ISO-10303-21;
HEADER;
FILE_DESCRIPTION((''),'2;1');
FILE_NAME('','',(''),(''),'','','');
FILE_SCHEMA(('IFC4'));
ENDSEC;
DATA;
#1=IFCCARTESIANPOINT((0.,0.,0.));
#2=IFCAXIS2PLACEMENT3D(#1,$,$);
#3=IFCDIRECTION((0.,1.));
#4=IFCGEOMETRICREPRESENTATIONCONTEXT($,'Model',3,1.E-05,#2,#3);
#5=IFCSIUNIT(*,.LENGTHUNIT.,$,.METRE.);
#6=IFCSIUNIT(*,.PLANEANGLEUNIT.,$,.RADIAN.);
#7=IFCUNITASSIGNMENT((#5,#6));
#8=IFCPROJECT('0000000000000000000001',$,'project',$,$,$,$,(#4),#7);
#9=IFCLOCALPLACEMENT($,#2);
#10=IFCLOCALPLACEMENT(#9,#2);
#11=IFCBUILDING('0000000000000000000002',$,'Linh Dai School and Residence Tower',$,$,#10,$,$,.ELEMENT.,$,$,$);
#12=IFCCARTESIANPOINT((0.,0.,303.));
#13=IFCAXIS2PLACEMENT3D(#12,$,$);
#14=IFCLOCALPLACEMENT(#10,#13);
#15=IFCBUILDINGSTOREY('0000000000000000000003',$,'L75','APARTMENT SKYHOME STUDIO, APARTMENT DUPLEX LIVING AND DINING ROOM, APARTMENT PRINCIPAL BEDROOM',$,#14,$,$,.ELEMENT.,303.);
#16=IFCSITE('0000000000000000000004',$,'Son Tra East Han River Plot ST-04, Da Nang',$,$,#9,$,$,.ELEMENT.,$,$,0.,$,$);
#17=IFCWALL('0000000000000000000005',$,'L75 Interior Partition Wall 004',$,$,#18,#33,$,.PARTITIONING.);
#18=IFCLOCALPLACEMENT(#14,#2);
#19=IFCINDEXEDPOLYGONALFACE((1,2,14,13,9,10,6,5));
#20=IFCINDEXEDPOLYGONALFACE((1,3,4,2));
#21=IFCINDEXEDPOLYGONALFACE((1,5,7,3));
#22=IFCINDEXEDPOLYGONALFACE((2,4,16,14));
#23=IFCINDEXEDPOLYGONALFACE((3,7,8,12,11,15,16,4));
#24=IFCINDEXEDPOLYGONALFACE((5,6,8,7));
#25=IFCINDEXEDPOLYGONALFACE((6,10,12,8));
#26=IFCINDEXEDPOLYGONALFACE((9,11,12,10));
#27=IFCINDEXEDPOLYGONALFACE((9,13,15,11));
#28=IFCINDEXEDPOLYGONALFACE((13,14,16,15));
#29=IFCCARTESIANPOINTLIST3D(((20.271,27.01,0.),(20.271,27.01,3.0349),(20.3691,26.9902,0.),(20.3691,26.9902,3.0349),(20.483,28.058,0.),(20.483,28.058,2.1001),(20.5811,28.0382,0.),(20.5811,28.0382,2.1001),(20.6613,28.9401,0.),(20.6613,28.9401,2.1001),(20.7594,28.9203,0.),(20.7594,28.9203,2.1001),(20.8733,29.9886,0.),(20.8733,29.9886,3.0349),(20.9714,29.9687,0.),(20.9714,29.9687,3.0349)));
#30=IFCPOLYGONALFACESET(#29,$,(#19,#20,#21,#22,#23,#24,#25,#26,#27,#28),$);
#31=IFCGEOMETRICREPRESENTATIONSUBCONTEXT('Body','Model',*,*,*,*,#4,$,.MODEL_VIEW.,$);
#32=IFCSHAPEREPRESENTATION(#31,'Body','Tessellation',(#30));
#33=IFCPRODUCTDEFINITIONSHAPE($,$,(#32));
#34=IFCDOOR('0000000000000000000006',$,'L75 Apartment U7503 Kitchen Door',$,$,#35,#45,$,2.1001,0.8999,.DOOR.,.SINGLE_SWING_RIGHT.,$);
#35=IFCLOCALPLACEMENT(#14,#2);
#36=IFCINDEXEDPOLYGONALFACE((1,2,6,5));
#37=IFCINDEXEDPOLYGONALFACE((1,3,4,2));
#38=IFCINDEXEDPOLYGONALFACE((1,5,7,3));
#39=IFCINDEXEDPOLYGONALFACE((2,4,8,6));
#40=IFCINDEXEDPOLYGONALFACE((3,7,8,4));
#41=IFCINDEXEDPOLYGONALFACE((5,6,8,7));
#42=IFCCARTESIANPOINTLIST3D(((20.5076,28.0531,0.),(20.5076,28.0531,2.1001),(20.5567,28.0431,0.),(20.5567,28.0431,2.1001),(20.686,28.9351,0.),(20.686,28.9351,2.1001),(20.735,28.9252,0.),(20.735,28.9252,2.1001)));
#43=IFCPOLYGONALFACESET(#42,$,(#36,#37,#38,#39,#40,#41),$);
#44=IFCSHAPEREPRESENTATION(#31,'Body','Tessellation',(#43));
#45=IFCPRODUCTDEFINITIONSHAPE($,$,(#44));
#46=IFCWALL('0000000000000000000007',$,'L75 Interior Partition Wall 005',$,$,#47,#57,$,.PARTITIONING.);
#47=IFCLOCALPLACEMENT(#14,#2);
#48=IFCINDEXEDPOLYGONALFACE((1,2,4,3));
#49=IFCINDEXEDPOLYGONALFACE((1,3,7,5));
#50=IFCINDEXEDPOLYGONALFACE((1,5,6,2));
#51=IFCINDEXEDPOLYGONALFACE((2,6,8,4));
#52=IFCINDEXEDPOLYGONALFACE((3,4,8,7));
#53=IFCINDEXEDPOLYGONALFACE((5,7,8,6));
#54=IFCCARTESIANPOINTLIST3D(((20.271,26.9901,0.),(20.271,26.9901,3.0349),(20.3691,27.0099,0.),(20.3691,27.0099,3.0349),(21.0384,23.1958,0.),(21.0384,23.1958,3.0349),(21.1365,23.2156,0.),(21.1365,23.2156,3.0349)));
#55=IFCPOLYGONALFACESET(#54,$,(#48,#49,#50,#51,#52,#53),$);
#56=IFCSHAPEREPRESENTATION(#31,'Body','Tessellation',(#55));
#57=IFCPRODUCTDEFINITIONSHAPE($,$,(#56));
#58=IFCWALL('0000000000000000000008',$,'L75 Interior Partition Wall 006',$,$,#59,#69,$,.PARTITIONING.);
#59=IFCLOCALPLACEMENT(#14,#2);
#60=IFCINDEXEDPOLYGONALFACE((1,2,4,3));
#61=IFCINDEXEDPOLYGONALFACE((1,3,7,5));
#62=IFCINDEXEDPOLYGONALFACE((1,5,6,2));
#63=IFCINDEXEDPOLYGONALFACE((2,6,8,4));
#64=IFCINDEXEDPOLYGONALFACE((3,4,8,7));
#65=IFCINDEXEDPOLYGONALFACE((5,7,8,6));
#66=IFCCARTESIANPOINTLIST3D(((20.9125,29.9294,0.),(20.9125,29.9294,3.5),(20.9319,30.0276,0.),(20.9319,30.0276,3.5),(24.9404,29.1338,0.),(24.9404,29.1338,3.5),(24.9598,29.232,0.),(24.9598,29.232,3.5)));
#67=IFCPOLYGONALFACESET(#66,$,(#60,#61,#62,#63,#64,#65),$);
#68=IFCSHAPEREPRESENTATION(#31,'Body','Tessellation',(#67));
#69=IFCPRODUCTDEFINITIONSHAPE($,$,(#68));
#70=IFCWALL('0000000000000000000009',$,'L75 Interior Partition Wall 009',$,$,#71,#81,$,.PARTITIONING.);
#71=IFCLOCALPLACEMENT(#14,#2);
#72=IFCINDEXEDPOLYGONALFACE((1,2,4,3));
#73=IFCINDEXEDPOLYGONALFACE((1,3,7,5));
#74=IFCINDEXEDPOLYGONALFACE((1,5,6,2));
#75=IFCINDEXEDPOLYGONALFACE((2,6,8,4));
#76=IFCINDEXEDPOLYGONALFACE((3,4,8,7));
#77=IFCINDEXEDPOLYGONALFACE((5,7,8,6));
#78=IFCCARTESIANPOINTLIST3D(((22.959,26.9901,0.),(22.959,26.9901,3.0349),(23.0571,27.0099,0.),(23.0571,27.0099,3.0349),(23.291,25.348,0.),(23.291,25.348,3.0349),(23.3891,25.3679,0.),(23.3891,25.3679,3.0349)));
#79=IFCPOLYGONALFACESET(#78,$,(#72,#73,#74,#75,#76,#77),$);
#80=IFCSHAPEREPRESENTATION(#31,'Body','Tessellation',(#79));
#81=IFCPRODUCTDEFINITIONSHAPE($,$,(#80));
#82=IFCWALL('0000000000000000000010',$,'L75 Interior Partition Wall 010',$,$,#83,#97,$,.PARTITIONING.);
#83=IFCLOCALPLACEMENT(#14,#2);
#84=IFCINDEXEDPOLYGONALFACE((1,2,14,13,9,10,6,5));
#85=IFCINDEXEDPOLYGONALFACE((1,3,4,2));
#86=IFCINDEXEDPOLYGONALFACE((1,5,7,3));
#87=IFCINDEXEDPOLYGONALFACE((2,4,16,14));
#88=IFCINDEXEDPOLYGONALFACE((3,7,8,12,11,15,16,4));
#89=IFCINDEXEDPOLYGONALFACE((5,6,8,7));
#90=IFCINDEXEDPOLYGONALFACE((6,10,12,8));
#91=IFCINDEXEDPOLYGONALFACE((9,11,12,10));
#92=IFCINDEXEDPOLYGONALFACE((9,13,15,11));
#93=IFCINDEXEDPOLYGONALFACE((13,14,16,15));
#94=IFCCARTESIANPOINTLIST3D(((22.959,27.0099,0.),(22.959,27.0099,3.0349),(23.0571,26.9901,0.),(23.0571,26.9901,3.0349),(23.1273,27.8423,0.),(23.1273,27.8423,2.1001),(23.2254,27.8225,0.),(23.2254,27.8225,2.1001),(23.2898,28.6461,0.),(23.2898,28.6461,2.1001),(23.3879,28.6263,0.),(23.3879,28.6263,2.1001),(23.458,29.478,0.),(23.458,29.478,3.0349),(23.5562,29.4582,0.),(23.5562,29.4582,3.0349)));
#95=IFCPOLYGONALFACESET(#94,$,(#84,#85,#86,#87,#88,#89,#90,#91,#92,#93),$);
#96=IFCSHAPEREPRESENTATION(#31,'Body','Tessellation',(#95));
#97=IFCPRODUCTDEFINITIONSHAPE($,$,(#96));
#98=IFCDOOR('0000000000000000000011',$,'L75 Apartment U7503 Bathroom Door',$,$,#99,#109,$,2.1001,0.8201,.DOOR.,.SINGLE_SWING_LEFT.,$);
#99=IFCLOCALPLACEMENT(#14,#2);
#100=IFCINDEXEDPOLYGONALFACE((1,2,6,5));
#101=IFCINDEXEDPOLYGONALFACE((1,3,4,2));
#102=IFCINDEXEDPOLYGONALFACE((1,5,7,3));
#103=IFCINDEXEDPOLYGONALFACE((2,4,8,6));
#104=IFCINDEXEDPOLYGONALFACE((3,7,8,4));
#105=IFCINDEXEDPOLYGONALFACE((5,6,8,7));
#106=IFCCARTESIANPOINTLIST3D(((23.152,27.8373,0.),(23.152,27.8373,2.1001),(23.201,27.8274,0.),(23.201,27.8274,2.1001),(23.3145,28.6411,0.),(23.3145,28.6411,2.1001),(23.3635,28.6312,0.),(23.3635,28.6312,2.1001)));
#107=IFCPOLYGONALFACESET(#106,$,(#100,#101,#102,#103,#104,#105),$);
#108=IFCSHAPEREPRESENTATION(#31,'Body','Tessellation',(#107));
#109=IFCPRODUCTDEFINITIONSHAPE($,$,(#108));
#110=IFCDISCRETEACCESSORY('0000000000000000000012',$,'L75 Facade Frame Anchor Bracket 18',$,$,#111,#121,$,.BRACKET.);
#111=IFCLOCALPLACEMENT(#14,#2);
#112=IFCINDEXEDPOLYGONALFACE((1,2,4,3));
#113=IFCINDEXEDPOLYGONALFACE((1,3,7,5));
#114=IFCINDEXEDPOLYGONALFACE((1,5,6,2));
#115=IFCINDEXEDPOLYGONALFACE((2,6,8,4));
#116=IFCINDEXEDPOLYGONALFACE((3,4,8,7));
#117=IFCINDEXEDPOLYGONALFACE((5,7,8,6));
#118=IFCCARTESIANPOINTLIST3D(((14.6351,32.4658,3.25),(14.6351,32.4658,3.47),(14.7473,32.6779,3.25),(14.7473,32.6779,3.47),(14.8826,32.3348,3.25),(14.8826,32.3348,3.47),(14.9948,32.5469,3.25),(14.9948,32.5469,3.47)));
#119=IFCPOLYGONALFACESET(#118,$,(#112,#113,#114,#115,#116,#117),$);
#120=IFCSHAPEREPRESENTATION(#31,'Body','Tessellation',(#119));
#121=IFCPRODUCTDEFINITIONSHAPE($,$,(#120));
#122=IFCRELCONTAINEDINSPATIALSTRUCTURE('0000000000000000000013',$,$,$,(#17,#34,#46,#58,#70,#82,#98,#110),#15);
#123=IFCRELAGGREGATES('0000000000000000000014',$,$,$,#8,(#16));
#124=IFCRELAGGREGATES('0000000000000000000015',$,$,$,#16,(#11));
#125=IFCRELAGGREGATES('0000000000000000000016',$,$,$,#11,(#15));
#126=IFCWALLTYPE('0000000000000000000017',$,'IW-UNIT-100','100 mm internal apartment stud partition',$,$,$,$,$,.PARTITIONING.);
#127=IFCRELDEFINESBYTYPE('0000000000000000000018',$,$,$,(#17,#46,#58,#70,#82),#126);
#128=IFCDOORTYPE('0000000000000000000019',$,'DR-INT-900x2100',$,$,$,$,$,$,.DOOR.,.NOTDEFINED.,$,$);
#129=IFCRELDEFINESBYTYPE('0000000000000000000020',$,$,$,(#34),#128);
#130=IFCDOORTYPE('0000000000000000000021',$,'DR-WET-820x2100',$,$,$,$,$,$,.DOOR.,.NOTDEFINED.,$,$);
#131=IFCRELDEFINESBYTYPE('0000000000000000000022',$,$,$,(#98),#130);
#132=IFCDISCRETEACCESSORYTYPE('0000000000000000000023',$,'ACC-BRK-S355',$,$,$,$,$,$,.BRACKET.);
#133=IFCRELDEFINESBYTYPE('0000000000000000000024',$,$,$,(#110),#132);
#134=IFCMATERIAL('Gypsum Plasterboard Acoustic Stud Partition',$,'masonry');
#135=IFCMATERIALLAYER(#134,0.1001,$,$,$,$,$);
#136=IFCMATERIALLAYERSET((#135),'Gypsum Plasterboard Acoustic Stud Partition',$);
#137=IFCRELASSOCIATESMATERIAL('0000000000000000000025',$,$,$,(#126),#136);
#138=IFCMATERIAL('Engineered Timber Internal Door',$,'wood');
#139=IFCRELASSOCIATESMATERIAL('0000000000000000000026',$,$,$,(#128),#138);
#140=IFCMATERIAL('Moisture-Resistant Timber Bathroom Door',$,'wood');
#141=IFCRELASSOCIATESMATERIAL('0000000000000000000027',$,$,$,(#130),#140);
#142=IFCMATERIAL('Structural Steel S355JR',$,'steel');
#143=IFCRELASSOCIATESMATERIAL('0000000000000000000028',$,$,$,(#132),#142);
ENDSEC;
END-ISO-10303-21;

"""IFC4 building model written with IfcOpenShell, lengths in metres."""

from ifc_helpers import new_model, si_unit, direction, frame, frame_2d, origin, origin_2d, place, context, subcontext, project, spatial, rectangle, extrude, source, transform, mapped, material, layer, layer_set, type_object, element, fill, save


model = new_model("IFC4")

# Units and contexts
model_context = context("Model", 3, precision=1e-05, world=origin(), true_north=direction((0.0, 1.0)))
body_context = subcontext(model_context, "Body", "Model", "MODEL_VIEW")
ifc_project = project(units=[si_unit("LENGTHUNIT", "METRE"), si_unit("PLANEANGLEUNIT", "RADIAN")], contexts=[model_context])

# Site, building, storey
site_placement = place(None, origin())
site = spatial("IfcSite", under=ifc_project, at=site_placement, Name="Son Tra East Han River Plot ST-04, Da Nang", CompositionType="ELEMENT", RefElevation=0.0)
building_placement = place(site_placement, origin())
building = spatial("IfcBuilding", under=site, at=building_placement, Name="Linh Dai School and Residence Tower", CompositionType="ELEMENT")
storey_placement = place(building_placement, frame((0.0, 0.0, 303.0)))
storey = spatial("IfcBuildingStorey", under=building, at=storey_placement, Name="L75", Description="APARTMENT SKYHOME STUDIO, APARTMENT DUPLEX LIVING AND DINING ROOM, APARTMENT PRINCIPAL BEDROOM", CompositionType="ELEMENT", Elevation=303.0)

# Shared definitions
ifc_material_1 = material(Name="Structural Steel S355JR", Category="steel")

# Wall, opening, door
ifc_material_2 = material(Name="Gypsum Plasterboard Acoustic Stud Partition", Category="masonry")
ifc_layer_1 = layer(ifc_material_2, 0.1001)
ifc_layer_set_1 = layer_set([ifc_layer_1], Name="Gypsum Plasterboard Acoustic Stud Partition")
wall_type_1 = type_object("IfcWallType", Name="IW-UNIT-100", Description="100 mm internal apartment stud partition", PredefinedType="PARTITIONING", material=ifc_layer_set_1)
wall_1_placement = place(storey_placement, frame((20.3201, 27.0, 0.0), z_axis=(0.0, 0.0, 1.0), x_axis=(0.198201, 0.980161, 0.0)))
wall_1 = element("IfcWall", 1, at=wall_1_placement, inside=storey, type_object=wall_type_1, Name="L75 Interior Partition Wall 004", PredefinedType="PARTITIONING", context=body_context, shape_type="SweptSolid", body=[
    extrude(rectangle(XDim=3.0388, YDim=0.1001, at=frame_2d((1.5195, 0.0))), origin(), (0.0, 0.0, 1.0), 3.0349),
])
opening_1_placement = place(wall_1_placement, frame((1.0693, 0.0, 0.0)))
opening_1 = element("IfcOpeningElement", 2, at=opening_1_placement, cuts=wall_1, PredefinedType="OPENING", context=body_context, shape_type="SweptSolid", body=[
    extrude(rectangle(XDim=0.8999, YDim=2.1001, at=origin_2d()), frame((0.45, 0.0601, 1.05), z_axis=(0.0, -1.0, 0.0), x_axis=(1.0, 0.0, 0.0)), (0.0, 0.0, 1.0), 0.1201),
])
ifc_material_3 = material(Name="Engineered Timber Internal Door", Category="wood")
door_type_1 = type_object("IfcDoorType", Name="DR-INT-900x2100", OperationType="NOTDEFINED", PredefinedType="DOOR", material=ifc_material_3)
shared_shape_1 = source(origin(), body_context, "Body", "SweptSolid", [
    extrude(rectangle(XDim=0.8999, YDim=2.1001, at=origin_2d()), frame((0.45, 0.0249, 1.05), z_axis=(0.0, -1.0, 0.0), x_axis=(1.0, 0.0, 0.0)), (0.0, 0.0, 1.0), 0.05),
])
door_1_placement = place(opening_1_placement, origin())
door_1 = element("IfcDoor", 3, at=door_1_placement, inside=storey, type_object=door_type_1, Name="L75 Apartment U7503 Kitchen Door", OperationType="SINGLE_SWING_RIGHT", OverallHeight=2.1001, OverallWidth=0.8999, PredefinedType="DOOR", context=body_context, shape_type="MappedRepresentation", body=[
    mapped(shared_shape_1, transform((0.0, 0.0, 0.0), x_axis=(1.0, 0.0, 0.0), y_axis=(0.0, 1.0, 0.0), z_axis=(0.0, 0.0, 1.0), scale=1.0)),
])
fill(opening_1, door_1)

# Walls
wall_2_placement = place(storey_placement, frame((20.3201, 27.0, 0.0), z_axis=(0.0, 0.0, 1.0), x_axis=(0.198226, -0.980156, 0.0)))
element("IfcWall", 4, at=wall_2_placement, inside=storey, type_object=wall_type_1, Name="L75 Interior Partition Wall 005", PredefinedType="PARTITIONING", context=body_context, shape_type="SweptSolid", body=[
    extrude(rectangle(XDim=3.8711, YDim=0.1001, at=frame_2d((1.9355, 0.0))), origin(), (0.0, 0.0, 1.0), 3.0349),
])
wall_3_placement = place(storey_placement, frame((20.9224, 29.9785, 0.0), z_axis=(0.0, 0.0, 1.0), x_axis=(0.981042, -0.193794, 0.0)))
element("IfcWall", 5, at=wall_3_placement, inside=storey, type_object=wall_type_1, Name="L75 Interior Partition Wall 006", PredefinedType="PARTITIONING", context=body_context, shape_type="SweptSolid", body=[
    extrude(rectangle(XDim=4.1057, YDim=0.1001, at=frame_2d((2.0527, 0.0))), origin(), (0.0, 0.0, 1.0), 3.5),
])
wall_4_placement = place(storey_placement, frame((23.0081, 27.0, 0.0), z_axis=(0.0, 0.0, 1.0), x_axis=(0.19819, -0.980164, 0.0)))
element("IfcWall", 6, at=wall_4_placement, inside=storey, type_object=wall_type_1, Name="L75 Interior Partition Wall 009", PredefinedType="PARTITIONING", context=body_context, shape_type="SweptSolid", body=[
    extrude(rectangle(XDim=1.6753, YDim=0.1001, at=frame_2d((0.8376, 0.0))), origin(), (0.0, 0.0, 1.0), 3.0349),
])

# Wall, opening, door
wall_5_placement = place(storey_placement, frame((23.0081, 27.0, 0.0), z_axis=(0.0, 0.0, 1.0), x_axis=(0.198185, 0.980165, 0.0)))
wall_5 = element("IfcWall", 7, at=wall_5_placement, inside=storey, type_object=wall_type_1, Name="L75 Interior Partition Wall 010", PredefinedType="PARTITIONING", context=body_context, shape_type="SweptSolid", body=[
    extrude(rectangle(XDim=2.5181, YDim=0.1001, at=frame_2d((1.259, 0.0))), origin(), (0.0, 0.0, 1.0), 3.0349),
])
opening_2_placement = place(wall_5_placement, frame((0.8491, 0.0, 0.0)))
opening_2 = element("IfcOpeningElement", 8, at=opening_2_placement, cuts=wall_5, PredefinedType="OPENING", context=body_context, shape_type="SweptSolid", body=[
    extrude(rectangle(XDim=0.8201, YDim=2.1001, at=origin_2d()), frame((0.4102, 0.0601, 1.05), z_axis=(0.0, -1.0, 0.0), x_axis=(1.0, 0.0, 0.0)), (0.0, 0.0, 1.0), 0.1201),
])
ifc_material_4 = material(Name="Moisture-Resistant Timber Bathroom Door", Category="wood")
door_type_2 = type_object("IfcDoorType", Name="DR-WET-820x2100", OperationType="NOTDEFINED", PredefinedType="DOOR", material=ifc_material_4)
shared_shape_2 = source(origin(), body_context, "Body", "SweptSolid", [
    extrude(rectangle(XDim=0.8201, YDim=2.1001, at=origin_2d()), frame((0.4102, 0.0249, 1.05), z_axis=(0.0, -1.0, 0.0), x_axis=(1.0, 0.0, 0.0)), (0.0, 0.0, 1.0), 0.05),
])
door_2_placement = place(opening_2_placement, origin())
door_2 = element("IfcDoor", 9, at=door_2_placement, inside=storey, type_object=door_type_2, Name="L75 Apartment U7503 Bathroom Door", OperationType="SINGLE_SWING_LEFT", OverallHeight=2.1001, OverallWidth=0.8201, PredefinedType="DOOR", context=body_context, shape_type="MappedRepresentation", body=[
    mapped(shared_shape_2, transform((0.0, 0.0, 0.0), x_axis=(1.0, 0.0, 0.0), y_axis=(0.0, 1.0, 0.0), z_axis=(0.0, 0.0, 1.0), scale=1.0)),
])
fill(opening_2, door_2)

# Discrete accessory
discrete_accessory_type = type_object("IfcDiscreteAccessoryType", Name="ACC-BRK-S355", PredefinedType="BRACKET", material=ifc_material_1)
shared_shape_3 = source(origin(), body_context, "Body", "SweptSolid", [
    extrude(rectangle(XDim=0.28, YDim=0.24, at=origin_2d()), origin(), (0.0, 0.0, 1.0), 0.22),
])
discrete_accessory_placement = place(storey_placement, frame((14.8149, 32.5063, 3.25), z_axis=(0.0, 0.0, 1.0), x_axis=(-0.883938, 0.467604, 0.0)))
element("IfcDiscreteAccessory", 10, at=discrete_accessory_placement, inside=storey, type_object=discrete_accessory_type, Name="L75 Facade Frame Anchor Bracket 18", PredefinedType="BRACKET", context=body_context, shape_type="MappedRepresentation", body=[
    mapped(shared_shape_3, transform((0.0, 0.0, 0.0), x_axis=(1.0, 0.0, 0.0), y_axis=(0.0, 1.0, 0.0), z_axis=(0.0, 0.0, 1.0), scale=1.0)),
])

save(model, "model.ifc")
